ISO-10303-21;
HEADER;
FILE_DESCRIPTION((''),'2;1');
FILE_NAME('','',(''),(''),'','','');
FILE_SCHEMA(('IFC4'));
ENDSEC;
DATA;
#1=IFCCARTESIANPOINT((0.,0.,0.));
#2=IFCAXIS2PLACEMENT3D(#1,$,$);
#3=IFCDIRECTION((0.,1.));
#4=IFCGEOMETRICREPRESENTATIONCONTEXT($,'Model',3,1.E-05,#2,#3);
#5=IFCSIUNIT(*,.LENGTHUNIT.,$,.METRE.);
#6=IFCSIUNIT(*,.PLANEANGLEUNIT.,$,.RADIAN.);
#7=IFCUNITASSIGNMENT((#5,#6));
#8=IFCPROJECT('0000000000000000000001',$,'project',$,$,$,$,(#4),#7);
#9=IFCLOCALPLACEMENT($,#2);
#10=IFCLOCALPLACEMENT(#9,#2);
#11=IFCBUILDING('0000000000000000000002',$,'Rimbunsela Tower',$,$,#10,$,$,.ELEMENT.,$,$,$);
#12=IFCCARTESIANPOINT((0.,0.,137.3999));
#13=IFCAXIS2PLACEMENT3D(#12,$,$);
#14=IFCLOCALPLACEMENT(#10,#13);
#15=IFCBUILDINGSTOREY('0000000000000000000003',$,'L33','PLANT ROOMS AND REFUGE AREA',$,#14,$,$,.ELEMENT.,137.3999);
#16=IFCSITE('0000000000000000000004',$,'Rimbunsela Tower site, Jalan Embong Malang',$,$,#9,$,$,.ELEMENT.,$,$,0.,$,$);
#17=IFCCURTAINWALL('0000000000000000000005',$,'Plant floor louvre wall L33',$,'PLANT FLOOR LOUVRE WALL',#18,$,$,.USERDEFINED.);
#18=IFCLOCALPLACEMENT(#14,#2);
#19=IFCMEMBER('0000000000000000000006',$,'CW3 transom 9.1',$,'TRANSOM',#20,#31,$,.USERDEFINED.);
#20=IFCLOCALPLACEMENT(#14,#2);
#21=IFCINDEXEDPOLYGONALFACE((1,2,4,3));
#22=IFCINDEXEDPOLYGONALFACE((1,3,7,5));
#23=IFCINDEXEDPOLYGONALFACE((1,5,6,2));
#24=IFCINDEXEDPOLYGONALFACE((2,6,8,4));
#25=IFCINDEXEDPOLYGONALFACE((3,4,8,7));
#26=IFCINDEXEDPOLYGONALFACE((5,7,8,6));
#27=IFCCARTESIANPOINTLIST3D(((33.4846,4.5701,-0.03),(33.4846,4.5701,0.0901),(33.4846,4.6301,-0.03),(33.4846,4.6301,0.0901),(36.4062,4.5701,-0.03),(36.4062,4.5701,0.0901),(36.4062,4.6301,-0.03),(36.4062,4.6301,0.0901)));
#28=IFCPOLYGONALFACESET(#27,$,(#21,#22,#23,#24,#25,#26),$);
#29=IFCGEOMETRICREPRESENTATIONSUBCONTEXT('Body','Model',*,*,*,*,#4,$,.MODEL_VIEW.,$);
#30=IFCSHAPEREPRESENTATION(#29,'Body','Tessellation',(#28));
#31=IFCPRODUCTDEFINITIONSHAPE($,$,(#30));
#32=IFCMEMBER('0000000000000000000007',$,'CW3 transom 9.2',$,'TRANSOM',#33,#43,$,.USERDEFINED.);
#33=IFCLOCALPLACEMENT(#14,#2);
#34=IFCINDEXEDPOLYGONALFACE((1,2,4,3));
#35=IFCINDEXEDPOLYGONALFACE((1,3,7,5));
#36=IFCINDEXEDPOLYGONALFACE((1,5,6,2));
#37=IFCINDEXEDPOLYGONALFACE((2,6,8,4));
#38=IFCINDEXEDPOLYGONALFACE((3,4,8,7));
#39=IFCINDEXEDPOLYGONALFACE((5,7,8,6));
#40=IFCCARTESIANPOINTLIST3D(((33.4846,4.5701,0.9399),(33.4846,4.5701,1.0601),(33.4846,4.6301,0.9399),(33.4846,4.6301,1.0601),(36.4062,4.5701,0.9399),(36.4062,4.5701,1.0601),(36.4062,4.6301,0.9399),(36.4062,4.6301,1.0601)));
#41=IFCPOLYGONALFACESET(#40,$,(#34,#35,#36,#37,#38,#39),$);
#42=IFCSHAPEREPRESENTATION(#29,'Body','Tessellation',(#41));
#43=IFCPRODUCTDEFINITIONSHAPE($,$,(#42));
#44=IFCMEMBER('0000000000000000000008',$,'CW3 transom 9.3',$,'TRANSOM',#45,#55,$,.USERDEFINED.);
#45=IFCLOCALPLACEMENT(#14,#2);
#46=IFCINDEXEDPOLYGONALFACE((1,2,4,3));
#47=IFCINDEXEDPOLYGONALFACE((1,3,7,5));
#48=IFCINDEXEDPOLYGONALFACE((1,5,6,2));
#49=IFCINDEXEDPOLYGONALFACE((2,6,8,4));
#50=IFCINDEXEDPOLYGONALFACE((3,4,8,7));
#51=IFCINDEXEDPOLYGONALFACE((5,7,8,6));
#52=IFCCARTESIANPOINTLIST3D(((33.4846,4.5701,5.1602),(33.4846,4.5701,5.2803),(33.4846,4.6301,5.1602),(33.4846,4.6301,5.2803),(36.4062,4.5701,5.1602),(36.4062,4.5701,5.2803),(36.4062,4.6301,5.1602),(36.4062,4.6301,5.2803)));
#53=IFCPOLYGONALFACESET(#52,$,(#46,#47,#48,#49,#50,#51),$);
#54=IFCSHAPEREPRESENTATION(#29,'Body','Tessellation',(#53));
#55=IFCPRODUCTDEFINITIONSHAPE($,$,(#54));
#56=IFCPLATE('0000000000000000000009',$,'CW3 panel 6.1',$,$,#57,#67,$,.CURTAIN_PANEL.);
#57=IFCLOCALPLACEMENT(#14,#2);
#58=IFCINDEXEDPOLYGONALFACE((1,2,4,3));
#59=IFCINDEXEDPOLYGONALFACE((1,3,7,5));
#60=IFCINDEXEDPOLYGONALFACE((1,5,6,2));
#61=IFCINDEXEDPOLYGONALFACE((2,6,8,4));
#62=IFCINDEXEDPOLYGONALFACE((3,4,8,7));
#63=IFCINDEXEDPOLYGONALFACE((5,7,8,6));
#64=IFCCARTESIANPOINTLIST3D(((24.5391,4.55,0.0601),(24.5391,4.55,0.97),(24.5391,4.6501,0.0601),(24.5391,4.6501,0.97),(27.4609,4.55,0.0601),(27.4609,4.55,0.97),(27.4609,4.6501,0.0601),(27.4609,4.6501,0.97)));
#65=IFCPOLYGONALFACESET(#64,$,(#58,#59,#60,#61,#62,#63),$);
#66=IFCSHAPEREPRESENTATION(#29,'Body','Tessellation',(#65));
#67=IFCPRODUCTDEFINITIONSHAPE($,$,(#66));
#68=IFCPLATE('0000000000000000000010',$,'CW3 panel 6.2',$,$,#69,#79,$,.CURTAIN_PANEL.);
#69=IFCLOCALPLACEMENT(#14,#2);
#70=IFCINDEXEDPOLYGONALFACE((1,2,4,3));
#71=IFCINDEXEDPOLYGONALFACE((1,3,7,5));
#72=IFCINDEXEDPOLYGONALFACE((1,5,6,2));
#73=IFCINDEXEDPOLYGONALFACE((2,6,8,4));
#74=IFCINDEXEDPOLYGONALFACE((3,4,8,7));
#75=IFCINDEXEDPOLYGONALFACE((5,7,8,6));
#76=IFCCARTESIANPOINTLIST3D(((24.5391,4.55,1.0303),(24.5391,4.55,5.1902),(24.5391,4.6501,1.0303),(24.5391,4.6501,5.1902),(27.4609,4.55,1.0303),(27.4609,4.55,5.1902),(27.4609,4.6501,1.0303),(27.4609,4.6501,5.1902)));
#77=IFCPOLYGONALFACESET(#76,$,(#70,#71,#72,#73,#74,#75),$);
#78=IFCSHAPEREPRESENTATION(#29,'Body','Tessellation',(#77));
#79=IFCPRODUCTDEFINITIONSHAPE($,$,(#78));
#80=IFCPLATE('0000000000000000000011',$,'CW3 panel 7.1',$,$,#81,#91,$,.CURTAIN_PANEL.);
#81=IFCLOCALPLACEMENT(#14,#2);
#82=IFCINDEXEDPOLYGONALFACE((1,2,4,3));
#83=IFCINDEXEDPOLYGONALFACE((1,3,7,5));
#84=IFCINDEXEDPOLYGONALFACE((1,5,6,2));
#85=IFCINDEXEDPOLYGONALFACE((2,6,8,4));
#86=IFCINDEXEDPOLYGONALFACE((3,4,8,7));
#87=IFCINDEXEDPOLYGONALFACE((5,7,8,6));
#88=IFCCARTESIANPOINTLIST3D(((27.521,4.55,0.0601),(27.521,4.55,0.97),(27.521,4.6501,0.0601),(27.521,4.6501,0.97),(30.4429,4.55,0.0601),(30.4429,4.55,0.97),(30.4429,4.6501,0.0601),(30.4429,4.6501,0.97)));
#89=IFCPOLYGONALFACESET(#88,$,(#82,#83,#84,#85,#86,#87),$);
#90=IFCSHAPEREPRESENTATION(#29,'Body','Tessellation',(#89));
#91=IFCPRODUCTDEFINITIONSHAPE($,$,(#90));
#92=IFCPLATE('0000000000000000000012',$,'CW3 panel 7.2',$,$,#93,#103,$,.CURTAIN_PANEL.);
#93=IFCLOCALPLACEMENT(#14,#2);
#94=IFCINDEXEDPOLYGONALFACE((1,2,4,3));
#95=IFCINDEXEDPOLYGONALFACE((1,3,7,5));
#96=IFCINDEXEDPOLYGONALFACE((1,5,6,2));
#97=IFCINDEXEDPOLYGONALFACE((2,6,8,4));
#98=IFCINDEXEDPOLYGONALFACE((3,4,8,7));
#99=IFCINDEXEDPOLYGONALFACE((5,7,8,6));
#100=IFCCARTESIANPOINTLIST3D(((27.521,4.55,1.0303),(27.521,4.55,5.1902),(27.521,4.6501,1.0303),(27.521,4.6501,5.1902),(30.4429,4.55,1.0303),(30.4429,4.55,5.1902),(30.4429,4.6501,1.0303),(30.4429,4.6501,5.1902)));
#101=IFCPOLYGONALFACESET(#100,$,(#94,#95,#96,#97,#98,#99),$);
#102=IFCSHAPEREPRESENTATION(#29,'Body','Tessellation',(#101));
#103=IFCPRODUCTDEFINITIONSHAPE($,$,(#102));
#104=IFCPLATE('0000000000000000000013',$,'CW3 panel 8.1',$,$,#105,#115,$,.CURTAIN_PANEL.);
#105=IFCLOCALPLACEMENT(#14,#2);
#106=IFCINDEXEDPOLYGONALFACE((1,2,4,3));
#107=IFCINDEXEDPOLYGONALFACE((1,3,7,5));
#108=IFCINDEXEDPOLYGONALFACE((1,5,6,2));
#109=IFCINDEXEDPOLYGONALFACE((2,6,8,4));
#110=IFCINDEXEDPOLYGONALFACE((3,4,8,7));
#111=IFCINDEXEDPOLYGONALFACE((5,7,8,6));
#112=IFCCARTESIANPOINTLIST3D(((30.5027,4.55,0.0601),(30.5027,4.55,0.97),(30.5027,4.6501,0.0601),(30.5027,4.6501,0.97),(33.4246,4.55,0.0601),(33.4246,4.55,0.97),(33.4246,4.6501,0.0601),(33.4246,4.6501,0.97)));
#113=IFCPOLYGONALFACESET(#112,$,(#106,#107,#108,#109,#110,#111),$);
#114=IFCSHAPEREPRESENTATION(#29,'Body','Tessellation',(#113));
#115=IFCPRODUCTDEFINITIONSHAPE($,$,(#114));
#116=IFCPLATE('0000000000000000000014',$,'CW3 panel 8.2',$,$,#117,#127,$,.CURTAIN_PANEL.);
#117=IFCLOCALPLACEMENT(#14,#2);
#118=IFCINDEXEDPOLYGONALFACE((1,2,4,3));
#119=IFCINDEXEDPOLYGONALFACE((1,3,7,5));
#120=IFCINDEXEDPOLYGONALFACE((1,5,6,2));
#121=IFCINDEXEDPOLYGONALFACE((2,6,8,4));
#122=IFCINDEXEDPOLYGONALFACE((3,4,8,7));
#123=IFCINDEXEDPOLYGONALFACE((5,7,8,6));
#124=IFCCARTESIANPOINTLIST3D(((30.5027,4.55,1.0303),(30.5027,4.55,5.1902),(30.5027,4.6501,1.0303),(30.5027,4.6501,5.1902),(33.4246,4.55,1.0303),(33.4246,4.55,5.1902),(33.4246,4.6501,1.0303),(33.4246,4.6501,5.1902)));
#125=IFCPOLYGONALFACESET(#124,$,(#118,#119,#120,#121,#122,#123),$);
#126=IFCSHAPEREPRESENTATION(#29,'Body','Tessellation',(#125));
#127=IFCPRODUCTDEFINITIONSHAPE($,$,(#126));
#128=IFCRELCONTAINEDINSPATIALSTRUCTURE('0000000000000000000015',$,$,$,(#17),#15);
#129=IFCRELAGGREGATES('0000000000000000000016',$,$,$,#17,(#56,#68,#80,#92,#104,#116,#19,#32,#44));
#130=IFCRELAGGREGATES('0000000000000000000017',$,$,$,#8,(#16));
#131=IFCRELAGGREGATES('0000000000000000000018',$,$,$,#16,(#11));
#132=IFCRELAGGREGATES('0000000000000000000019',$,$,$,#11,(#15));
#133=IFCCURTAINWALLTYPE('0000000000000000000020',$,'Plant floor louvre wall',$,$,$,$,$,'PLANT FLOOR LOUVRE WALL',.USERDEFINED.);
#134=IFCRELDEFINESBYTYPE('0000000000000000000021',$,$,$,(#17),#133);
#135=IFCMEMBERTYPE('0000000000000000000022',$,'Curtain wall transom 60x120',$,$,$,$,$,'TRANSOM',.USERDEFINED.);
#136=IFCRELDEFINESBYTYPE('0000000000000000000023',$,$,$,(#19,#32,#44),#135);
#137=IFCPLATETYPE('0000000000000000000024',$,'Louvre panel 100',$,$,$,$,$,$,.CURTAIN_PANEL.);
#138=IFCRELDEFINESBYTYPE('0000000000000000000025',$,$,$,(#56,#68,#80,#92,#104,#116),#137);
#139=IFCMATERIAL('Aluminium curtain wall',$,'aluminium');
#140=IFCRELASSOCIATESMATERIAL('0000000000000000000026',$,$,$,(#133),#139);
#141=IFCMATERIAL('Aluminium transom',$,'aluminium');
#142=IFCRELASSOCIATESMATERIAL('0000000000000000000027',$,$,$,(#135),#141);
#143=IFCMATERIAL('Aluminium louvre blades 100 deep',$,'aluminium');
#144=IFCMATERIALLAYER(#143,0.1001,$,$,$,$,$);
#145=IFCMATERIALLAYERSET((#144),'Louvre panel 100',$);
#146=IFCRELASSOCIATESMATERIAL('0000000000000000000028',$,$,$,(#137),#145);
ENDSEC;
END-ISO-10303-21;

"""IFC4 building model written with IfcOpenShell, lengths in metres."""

from ifc_helpers import new_model, si_unit, direction, frame, origin, origin_2d, place, context, subcontext, project, spatial, rectangle, extrude, material, layer, layer_set, material_profile, profile_set, type_object, element, aggregate, save


model = new_model("IFC4")

# Units and contexts
model_context = context("Model", 3, precision=1e-05, world=origin(), true_north=direction((0.0, 1.0)))
body_context = subcontext(model_context, "Body", "Model", "MODEL_VIEW")
ifc_project = project(units=[si_unit("LENGTHUNIT", "METRE"), si_unit("PLANEANGLEUNIT", "RADIAN")], contexts=[model_context])

# Site, building, storey
site_placement = place(None, origin())
site = spatial("IfcSite", under=ifc_project, at=site_placement, Name="Rimbunsela Tower site, Jalan Embong Malang", CompositionType="ELEMENT", RefElevation=0.0)
building_placement = place(site_placement, origin())
building = spatial("IfcBuilding", under=site, at=building_placement, Name="Rimbunsela Tower", CompositionType="ELEMENT")
storey_placement = place(building_placement, frame((0.0, 0.0, 137.3999)))
storey = spatial("IfcBuildingStorey", under=building, at=storey_placement, Name="L33", Description="PLANT ROOMS AND REFUGE AREA", CompositionType="ELEMENT", Elevation=137.3999)

# Curtain wall, members, plates
ifc_material_1 = material(Name="Aluminium curtain wall", Category="aluminium")
curtain_wall_type = type_object("IfcCurtainWallType", Name="Plant floor louvre wall", ElementType="PLANT FLOOR LOUVRE WALL", PredefinedType="USERDEFINED", material=ifc_material_1)
curtain_wall_placement = place(storey_placement, origin())
curtain_wall = element("IfcCurtainWall", 1, at=curtain_wall_placement, inside=storey, type_object=curtain_wall_type, Name="Plant floor louvre wall L33", ObjectType="PLANT FLOOR LOUVRE WALL", PredefinedType="USERDEFINED")
ifc_material_2 = material(Name="Aluminium transom", Category="aluminium")
ifc_material_profile_1 = material_profile(ifc_material_2, rectangle(XDim=0.0601, YDim=0.1201, at=origin_2d()), Name="Transom 60x120")
ifc_profile_set_1 = profile_set([ifc_material_profile_1], Name="Aluminium transom")
member_type_1 = type_object("IfcMemberType", Name="Curtain wall transom 60x120", ElementType="TRANSOM", PredefinedType="USERDEFINED", material=ifc_profile_set_1)
member_1_placement = place(storey_placement, frame((33.4846, 4.6001, 0.03), z_axis=(1.0, 0.0, 0.0), x_axis=(0.0, 1.0, 0.0)))
member_1 = element("IfcMember", 2, at=member_1_placement, type_object=member_type_1, Name="CW3 transom 9.1", ObjectType="TRANSOM", PredefinedType="USERDEFINED", context=body_context, shape_type="SweptSolid", body=[
    extrude(rectangle(XDim=0.0601, YDim=0.1201, at=origin_2d()), origin(), (0.0, 0.0, 1.0), 2.9216),
])
member_2_placement = place(storey_placement, frame((33.4846, 4.6001, 1.0), z_axis=(1.0, 0.0, 0.0), x_axis=(0.0, 1.0, 0.0)))
member_2 = element("IfcMember", 3, at=member_2_placement, type_object=member_type_1, Name="CW3 transom 9.2", ObjectType="TRANSOM", PredefinedType="USERDEFINED", context=body_context, shape_type="SweptSolid", body=[
    extrude(rectangle(XDim=0.0601, YDim=0.1201, at=origin_2d()), origin(), (0.0, 0.0, 1.0), 2.9216),
])
member_3_placement = place(storey_placement, frame((33.4846, 4.6001, 5.2202), z_axis=(1.0, 0.0, 0.0), x_axis=(0.0, 1.0, 0.0)))
member_3 = element("IfcMember", 4, at=member_3_placement, type_object=member_type_1, Name="CW3 transom 9.3", ObjectType="TRANSOM", PredefinedType="USERDEFINED", context=body_context, shape_type="SweptSolid", body=[
    extrude(rectangle(XDim=0.0601, YDim=0.1201, at=origin_2d()), origin(), (0.0, 0.0, 1.0), 2.9216),
])
ifc_material_3 = material(Name="Aluminium louvre blades 100 deep", Category="aluminium")
ifc_layer = layer(ifc_material_3, 0.1001)
ifc_layer_set = layer_set([ifc_layer], Name="Louvre panel 100")
plate_type = type_object("IfcPlateType", Name="Louvre panel 100", PredefinedType="CURTAIN_PANEL", material=ifc_layer_set)
plate_1_placement = place(storey_placement, frame((26.0, 4.6001, 0.0601), z_axis=(0.0, 0.0, 1.0), x_axis=(1.0, 0.0, 0.0)))
plate_1 = element("IfcPlate", 5, at=plate_1_placement, type_object=plate_type, Name="CW3 panel 6.1", PredefinedType="CURTAIN_PANEL", context=body_context, shape_type="SweptSolid", body=[
    extrude(rectangle(XDim=2.9219, YDim=0.1001, at=origin_2d()), origin(), (0.0, 0.0, 1.0), 0.9099),
])
plate_2_placement = place(storey_placement, frame((26.0, 4.6001, 1.0303), z_axis=(0.0, 0.0, 1.0), x_axis=(1.0, 0.0, 0.0)))
plate_2 = element("IfcPlate", 6, at=plate_2_placement, type_object=plate_type, Name="CW3 panel 6.2", PredefinedType="CURTAIN_PANEL", context=body_context, shape_type="SweptSolid", body=[
    extrude(rectangle(XDim=2.9219, YDim=0.1001, at=origin_2d()), origin(), (0.0, 0.0, 1.0), 4.1599),
])
plate_3_placement = place(storey_placement, frame((28.9819, 4.6001, 0.0601), z_axis=(0.0, 0.0, 1.0), x_axis=(1.0, 0.0, 0.0)))
plate_3 = element("IfcPlate", 7, at=plate_3_placement, type_object=plate_type, Name="CW3 panel 7.1", PredefinedType="CURTAIN_PANEL", context=body_context, shape_type="SweptSolid", body=[
    extrude(rectangle(XDim=2.9219, YDim=0.1001, at=origin_2d()), origin(), (0.0, 0.0, 1.0), 0.9099),
])
plate_4_placement = place(storey_placement, frame((28.9819, 4.6001, 1.0303), z_axis=(0.0, 0.0, 1.0), x_axis=(1.0, 0.0, 0.0)))
plate_4 = element("IfcPlate", 8, at=plate_4_placement, type_object=plate_type, Name="CW3 panel 7.2", PredefinedType="CURTAIN_PANEL", context=body_context, shape_type="SweptSolid", body=[
    extrude(rectangle(XDim=2.9219, YDim=0.1001, at=origin_2d()), origin(), (0.0, 0.0, 1.0), 4.1599),
])
plate_5_placement = place(storey_placement, frame((31.9636, 4.6001, 0.0601), z_axis=(0.0, 0.0, 1.0), x_axis=(1.0, 0.0, 0.0)))
plate_5 = element("IfcPlate", 9, at=plate_5_placement, type_object=plate_type, Name="CW3 panel 8.1", PredefinedType="CURTAIN_PANEL", context=body_context, shape_type="SweptSolid", body=[
    extrude(rectangle(XDim=2.9219, YDim=0.1001, at=origin_2d()), origin(), (0.0, 0.0, 1.0), 0.9099),
])
plate_6_placement = place(storey_placement, frame((31.9636, 4.6001, 1.0303), z_axis=(0.0, 0.0, 1.0), x_axis=(1.0, 0.0, 0.0)))
plate_6 = element("IfcPlate", 10, at=plate_6_placement, type_object=plate_type, Name="CW3 panel 8.2", PredefinedType="CURTAIN_PANEL", context=body_context, shape_type="SweptSolid", body=[
    extrude(rectangle(XDim=2.9219, YDim=0.1001, at=origin_2d()), origin(), (0.0, 0.0, 1.0), 4.1599),
])
aggregate(curtain_wall, [plate_1, plate_2, plate_3, plate_4, plate_5, plate_6, member_1, member_2, member_3])

save(model, "model.ifc")
